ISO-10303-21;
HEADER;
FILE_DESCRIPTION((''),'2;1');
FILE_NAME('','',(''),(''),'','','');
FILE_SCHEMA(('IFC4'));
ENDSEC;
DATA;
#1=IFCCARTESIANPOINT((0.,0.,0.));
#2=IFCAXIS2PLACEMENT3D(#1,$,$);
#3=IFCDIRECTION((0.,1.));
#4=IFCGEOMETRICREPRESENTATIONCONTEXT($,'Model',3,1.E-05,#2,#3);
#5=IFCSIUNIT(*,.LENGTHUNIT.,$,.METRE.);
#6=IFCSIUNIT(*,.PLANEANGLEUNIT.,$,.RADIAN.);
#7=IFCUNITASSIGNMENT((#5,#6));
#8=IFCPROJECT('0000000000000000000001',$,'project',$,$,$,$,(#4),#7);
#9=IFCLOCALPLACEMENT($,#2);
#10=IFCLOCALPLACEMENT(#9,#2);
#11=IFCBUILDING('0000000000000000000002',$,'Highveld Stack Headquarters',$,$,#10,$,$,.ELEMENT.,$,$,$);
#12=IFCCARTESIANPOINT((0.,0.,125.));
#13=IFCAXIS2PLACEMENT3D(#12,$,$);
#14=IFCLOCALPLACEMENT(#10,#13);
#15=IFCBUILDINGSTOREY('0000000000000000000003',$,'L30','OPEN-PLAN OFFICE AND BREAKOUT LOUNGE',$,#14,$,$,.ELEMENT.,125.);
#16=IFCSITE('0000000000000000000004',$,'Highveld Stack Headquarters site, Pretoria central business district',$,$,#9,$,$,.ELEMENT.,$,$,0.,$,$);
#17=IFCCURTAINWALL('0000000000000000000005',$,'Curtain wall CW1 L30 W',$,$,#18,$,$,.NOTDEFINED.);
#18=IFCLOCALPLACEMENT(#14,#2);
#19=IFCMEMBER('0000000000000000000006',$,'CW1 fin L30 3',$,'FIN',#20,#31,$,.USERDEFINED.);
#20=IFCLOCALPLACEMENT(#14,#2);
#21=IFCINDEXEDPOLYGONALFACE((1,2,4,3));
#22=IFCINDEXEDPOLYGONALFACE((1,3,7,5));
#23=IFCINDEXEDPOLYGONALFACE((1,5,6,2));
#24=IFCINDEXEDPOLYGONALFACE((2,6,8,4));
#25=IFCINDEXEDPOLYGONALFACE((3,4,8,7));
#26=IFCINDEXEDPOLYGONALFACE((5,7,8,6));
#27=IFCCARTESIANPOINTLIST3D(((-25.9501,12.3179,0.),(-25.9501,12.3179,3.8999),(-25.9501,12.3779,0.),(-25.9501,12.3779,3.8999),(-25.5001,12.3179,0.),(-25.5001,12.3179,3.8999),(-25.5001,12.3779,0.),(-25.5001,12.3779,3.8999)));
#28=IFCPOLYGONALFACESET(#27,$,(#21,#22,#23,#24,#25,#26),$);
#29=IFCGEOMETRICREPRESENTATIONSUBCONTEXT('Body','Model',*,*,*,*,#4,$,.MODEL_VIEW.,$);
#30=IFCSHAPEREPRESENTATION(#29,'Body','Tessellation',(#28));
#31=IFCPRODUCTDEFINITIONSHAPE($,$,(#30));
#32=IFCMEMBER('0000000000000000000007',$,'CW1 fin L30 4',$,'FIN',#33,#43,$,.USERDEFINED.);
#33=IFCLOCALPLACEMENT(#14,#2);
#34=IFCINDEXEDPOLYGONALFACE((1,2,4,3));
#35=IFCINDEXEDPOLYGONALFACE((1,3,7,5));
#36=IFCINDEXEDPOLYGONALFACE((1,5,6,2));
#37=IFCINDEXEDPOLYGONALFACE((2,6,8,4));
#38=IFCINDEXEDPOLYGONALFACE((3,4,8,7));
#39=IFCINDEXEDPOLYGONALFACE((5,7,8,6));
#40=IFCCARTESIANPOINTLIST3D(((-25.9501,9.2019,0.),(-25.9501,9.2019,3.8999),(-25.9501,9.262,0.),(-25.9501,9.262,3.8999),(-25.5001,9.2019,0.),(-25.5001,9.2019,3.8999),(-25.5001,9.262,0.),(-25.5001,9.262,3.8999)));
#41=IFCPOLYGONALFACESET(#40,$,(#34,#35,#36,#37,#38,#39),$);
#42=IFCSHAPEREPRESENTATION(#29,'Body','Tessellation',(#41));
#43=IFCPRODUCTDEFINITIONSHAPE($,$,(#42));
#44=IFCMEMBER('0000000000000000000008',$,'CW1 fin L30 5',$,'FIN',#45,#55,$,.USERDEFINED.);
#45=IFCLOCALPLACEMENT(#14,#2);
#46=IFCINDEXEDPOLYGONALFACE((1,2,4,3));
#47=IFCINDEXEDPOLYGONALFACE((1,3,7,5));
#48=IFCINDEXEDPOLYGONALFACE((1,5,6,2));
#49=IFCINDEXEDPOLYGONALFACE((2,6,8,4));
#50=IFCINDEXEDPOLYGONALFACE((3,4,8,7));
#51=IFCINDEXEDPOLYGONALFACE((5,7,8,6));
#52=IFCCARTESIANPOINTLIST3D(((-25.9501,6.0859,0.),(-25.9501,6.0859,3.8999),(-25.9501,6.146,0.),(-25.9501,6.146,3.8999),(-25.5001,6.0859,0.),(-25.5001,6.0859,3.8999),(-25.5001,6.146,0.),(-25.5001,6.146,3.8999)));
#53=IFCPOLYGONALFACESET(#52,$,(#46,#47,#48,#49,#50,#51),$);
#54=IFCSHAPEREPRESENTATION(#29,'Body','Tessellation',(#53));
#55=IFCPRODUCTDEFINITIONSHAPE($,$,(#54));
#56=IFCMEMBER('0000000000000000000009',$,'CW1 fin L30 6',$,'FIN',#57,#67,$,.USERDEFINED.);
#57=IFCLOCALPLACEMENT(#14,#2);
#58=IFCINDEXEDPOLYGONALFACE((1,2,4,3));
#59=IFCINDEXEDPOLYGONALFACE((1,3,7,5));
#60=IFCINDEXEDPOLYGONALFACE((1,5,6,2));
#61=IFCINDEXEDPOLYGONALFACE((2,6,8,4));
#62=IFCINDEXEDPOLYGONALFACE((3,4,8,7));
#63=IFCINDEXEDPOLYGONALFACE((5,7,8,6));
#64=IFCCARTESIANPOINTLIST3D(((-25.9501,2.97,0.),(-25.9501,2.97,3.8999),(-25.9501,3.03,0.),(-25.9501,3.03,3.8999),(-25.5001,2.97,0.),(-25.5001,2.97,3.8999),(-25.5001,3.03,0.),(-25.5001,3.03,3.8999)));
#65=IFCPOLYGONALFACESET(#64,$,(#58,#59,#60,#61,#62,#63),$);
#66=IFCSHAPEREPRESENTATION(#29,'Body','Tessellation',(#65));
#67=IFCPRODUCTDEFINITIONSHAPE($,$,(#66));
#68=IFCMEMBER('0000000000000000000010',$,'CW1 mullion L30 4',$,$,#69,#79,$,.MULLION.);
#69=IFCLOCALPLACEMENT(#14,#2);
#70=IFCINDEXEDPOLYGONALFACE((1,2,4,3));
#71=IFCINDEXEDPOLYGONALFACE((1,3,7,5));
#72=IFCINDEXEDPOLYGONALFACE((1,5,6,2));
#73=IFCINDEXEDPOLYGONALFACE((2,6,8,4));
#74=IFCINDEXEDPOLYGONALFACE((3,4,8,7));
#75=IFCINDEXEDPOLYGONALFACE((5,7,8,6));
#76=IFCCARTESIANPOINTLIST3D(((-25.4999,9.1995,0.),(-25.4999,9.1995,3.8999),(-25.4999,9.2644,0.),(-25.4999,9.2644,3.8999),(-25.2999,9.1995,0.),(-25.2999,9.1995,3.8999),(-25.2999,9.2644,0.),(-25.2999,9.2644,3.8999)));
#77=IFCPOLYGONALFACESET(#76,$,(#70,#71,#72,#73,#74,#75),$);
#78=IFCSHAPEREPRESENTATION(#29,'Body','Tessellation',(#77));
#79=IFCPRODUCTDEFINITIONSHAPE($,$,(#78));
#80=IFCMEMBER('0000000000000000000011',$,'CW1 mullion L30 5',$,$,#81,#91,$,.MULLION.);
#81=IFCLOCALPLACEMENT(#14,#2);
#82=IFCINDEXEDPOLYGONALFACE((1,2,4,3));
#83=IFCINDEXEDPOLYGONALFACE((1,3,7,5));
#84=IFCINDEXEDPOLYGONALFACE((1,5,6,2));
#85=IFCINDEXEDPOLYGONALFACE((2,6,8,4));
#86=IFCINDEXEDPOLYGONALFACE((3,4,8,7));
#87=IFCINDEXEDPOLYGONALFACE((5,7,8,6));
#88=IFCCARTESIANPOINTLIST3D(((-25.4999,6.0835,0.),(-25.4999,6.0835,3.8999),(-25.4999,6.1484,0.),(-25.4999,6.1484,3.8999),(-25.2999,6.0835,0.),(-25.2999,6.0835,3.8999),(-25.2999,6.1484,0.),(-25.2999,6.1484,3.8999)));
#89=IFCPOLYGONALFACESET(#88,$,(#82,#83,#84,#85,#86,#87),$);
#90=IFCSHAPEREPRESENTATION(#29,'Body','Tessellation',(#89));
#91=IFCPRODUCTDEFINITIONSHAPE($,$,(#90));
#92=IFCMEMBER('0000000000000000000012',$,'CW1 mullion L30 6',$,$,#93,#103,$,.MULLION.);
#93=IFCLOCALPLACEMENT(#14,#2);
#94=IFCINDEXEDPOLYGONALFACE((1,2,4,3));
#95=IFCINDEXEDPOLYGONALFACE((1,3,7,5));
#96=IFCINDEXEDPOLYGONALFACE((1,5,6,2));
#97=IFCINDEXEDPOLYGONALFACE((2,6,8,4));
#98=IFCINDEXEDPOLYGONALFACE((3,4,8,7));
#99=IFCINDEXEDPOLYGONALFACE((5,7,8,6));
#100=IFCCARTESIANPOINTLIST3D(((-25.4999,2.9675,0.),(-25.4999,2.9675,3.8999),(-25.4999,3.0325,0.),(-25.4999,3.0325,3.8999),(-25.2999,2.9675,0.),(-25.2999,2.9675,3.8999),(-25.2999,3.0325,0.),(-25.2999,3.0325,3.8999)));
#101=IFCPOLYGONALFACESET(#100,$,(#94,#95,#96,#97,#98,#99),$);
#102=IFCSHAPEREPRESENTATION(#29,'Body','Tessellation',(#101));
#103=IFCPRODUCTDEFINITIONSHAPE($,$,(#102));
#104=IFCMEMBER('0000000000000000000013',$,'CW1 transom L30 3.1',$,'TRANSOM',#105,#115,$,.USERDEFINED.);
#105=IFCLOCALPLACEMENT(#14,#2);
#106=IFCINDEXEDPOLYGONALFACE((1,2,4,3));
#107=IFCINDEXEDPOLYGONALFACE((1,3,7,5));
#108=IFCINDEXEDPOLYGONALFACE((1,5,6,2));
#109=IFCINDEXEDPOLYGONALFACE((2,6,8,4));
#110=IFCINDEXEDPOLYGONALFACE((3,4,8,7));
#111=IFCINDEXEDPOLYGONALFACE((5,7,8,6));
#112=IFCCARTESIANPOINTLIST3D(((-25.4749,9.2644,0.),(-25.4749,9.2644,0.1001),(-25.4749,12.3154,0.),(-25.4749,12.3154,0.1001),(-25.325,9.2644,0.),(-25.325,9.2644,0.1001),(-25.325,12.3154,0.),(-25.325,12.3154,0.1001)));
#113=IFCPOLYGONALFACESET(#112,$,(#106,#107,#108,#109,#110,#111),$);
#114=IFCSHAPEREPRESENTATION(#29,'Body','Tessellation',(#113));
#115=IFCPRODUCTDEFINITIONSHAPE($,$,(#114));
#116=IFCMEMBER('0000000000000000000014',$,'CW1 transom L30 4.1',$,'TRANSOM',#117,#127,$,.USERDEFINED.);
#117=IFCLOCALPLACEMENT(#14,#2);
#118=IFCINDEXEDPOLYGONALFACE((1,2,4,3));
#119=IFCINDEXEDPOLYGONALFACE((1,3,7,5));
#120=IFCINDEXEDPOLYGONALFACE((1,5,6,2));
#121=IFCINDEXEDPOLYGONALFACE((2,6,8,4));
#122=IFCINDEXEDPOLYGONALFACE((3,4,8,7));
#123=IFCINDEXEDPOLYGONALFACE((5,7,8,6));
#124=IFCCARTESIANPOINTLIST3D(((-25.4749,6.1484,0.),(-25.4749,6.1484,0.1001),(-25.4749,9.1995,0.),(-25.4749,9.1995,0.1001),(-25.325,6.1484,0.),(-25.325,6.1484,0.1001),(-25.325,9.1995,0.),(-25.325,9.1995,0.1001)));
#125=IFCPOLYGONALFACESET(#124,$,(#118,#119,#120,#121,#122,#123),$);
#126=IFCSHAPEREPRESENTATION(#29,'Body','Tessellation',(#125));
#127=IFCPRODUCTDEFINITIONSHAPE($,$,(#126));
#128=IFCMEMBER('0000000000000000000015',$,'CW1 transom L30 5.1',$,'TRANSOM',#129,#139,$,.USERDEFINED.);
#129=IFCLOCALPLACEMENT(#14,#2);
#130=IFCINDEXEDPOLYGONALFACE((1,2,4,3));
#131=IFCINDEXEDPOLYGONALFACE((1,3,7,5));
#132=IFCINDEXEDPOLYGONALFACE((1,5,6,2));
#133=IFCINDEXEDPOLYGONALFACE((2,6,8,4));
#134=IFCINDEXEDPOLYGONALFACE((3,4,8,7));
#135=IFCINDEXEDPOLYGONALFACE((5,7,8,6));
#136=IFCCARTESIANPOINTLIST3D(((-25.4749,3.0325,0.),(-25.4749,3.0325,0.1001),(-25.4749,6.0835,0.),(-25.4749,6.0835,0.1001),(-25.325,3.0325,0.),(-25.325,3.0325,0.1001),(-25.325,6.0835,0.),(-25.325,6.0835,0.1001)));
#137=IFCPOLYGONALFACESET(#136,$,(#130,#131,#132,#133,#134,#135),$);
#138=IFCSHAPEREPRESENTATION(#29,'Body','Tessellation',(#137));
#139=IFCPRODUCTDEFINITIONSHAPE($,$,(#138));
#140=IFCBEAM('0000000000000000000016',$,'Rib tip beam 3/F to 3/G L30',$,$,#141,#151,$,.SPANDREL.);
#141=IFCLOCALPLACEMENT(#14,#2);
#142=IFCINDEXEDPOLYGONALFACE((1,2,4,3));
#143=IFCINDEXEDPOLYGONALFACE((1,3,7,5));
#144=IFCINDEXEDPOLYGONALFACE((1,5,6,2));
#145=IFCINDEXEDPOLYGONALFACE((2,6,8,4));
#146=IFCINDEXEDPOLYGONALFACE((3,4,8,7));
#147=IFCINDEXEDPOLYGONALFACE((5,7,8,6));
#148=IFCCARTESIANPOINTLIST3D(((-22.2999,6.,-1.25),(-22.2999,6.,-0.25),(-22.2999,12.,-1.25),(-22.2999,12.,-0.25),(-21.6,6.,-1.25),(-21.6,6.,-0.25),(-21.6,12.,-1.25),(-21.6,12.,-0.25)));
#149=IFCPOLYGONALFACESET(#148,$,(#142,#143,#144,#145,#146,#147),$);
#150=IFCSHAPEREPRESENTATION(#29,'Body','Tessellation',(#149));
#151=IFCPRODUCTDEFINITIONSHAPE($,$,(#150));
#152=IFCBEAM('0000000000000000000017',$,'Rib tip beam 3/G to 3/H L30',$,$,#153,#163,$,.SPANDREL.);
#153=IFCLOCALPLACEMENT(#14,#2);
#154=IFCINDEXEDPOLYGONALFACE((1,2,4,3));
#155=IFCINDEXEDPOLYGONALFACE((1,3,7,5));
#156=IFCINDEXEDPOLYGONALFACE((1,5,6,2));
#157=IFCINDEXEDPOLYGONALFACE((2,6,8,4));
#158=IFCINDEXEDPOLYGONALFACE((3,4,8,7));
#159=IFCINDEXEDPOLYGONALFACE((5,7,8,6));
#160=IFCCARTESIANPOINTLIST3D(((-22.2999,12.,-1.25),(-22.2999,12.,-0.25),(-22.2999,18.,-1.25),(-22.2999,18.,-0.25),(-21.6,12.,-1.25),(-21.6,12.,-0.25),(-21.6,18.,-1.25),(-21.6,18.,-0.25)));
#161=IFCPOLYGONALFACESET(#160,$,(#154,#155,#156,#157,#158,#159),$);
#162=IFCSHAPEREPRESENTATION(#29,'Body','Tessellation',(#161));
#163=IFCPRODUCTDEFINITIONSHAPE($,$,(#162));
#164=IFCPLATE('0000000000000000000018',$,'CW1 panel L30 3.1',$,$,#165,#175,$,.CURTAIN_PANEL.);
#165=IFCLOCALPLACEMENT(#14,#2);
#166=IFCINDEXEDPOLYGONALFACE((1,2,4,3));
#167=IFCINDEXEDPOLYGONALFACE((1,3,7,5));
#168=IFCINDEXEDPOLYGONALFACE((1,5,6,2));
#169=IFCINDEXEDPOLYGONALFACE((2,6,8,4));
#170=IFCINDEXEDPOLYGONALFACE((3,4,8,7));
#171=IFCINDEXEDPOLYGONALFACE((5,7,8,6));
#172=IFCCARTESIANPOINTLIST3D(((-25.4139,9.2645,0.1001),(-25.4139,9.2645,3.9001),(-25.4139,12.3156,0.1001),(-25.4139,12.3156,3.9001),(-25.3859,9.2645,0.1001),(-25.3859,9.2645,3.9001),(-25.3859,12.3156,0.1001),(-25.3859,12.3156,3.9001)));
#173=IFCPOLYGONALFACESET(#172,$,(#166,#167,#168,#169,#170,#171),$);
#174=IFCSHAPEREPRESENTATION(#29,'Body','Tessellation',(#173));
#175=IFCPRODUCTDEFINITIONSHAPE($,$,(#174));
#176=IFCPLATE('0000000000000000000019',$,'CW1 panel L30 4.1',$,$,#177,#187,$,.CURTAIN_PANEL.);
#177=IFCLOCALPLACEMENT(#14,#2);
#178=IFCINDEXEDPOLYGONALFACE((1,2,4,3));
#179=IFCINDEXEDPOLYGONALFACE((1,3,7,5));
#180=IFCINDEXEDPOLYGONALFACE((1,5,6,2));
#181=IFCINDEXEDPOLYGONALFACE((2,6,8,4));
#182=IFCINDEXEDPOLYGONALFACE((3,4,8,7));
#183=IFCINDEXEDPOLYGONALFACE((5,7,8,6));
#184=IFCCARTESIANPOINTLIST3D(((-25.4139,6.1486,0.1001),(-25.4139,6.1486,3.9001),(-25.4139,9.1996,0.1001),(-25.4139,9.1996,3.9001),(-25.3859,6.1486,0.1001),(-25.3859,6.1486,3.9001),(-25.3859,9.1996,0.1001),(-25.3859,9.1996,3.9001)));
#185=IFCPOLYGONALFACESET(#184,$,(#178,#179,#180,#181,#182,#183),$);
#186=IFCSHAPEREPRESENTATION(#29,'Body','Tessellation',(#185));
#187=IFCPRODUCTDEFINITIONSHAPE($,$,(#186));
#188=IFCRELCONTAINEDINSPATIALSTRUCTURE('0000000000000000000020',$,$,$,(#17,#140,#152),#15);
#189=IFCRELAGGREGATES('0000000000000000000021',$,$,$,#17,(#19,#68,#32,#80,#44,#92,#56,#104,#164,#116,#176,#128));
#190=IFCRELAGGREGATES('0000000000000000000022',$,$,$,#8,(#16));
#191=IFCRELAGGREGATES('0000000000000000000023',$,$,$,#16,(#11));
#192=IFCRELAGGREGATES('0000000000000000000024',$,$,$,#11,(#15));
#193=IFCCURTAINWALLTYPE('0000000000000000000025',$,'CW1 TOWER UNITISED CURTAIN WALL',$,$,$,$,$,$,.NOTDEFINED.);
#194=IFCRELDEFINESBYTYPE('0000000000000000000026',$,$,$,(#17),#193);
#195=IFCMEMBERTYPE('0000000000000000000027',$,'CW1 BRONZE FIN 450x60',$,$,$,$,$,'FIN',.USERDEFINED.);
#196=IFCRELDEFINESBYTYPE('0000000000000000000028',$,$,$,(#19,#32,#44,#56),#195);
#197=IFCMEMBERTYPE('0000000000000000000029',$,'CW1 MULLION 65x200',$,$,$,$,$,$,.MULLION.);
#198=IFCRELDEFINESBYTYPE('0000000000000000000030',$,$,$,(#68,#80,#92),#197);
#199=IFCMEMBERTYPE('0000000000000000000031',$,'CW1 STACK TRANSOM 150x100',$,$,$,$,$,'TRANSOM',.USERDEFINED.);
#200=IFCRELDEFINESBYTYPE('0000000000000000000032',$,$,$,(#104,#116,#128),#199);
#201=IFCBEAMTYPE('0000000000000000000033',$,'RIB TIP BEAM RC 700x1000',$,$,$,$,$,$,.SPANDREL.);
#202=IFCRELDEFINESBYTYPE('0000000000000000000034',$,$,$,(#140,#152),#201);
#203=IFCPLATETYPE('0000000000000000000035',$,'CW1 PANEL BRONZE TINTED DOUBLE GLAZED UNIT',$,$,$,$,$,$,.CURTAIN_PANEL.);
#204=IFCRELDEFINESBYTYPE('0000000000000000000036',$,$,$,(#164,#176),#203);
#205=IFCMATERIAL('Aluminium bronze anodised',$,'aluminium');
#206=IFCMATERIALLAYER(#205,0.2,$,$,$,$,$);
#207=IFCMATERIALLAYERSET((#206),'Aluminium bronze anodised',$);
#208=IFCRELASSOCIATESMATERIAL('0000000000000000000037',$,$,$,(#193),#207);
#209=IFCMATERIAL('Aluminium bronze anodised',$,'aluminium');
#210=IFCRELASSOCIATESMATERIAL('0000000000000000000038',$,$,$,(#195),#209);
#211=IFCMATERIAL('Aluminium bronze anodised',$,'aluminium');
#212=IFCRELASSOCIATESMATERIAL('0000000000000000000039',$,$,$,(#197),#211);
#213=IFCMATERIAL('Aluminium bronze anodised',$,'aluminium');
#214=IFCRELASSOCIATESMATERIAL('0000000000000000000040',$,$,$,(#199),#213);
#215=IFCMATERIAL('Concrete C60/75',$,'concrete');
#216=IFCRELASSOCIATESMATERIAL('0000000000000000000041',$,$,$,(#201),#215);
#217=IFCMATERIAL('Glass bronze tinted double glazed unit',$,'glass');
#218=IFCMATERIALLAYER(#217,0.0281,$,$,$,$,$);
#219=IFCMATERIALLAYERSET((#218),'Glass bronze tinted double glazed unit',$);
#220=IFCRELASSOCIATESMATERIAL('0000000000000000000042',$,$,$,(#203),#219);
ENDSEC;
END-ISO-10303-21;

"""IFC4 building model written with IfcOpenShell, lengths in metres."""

from ifc_helpers import new_model, si_unit, direction, frame, origin, origin_2d, place, context, subcontext, project, spatial, rectangle, extrude, material, layer, layer_set, material_profile, profile_set, type_object, element, aggregate, save


model = new_model("IFC4")

# Units and contexts
model_context = context("Model", 3, precision=1e-05, world=origin(), true_north=direction((0.0, 1.0)))
body_context = subcontext(model_context, "Body", "Model", "MODEL_VIEW")
ifc_project = project(units=[si_unit("LENGTHUNIT", "METRE"), si_unit("PLANEANGLEUNIT", "RADIAN")], contexts=[model_context])

# Site, building, storey
site_placement = place(None, origin())
site = spatial("IfcSite", under=ifc_project, at=site_placement, Name="Highveld Stack Headquarters site, Pretoria central business district", CompositionType="ELEMENT", RefElevation=0.0)
building_placement = place(site_placement, origin())
building = spatial("IfcBuilding", under=site, at=building_placement, Name="Highveld Stack Headquarters", CompositionType="ELEMENT")
storey_placement = place(building_placement, frame((0.0, 0.0, 125.0)))
storey = spatial("IfcBuildingStorey", under=building, at=storey_placement, Name="L30", Description="OPEN-PLAN OFFICE AND BREAKOUT LOUNGE", CompositionType="ELEMENT", Elevation=125.0)

# Curtain wall, members
ifc_material_1 = material(Name="Aluminium bronze anodised", Category="aluminium")
ifc_layer_1 = layer(ifc_material_1, 0.2)
ifc_layer_set_1 = layer_set([ifc_layer_1], Name="Aluminium bronze anodised")
curtain_wall_type = type_object("IfcCurtainWallType", Name="CW1 TOWER UNITISED CURTAIN WALL", PredefinedType="NOTDEFINED", material=ifc_layer_set_1)
curtain_wall_placement = place(storey_placement, origin())
curtain_wall = element("IfcCurtainWall", 1, at=curtain_wall_placement, inside=storey, type_object=curtain_wall_type, Name="Curtain wall CW1 L30 W", PredefinedType="NOTDEFINED")
ifc_material_2 = material(Name="Aluminium bronze anodised", Category="aluminium")
ifc_material_profile_1 = material_profile(ifc_material_2, rectangle(XDim=0.45, YDim=0.0601, at=origin_2d()), Name="FIN 450x60")
ifc_profile_set_1 = profile_set([ifc_material_profile_1], Name="Aluminium bronze anodised")
member_type_1 = type_object("IfcMemberType", Name="CW1 BRONZE FIN 450x60", ElementType="FIN", PredefinedType="USERDEFINED", material=ifc_profile_set_1)
member_1_placement = place(storey_placement, frame((-25.7251, 12.3479, 0.0), z_axis=(0.0, 0.0, 1.0), x_axis=(1.0, 0.0, 0.0)))
member_1 = element("IfcMember", 2, at=member_1_placement, type_object=member_type_1, Name="CW1 fin L30 3", ObjectType="FIN", PredefinedType="USERDEFINED", context=body_context, shape_type="SweptSolid", body=[
    extrude(rectangle(XDim=0.45, YDim=0.0601, at=origin_2d()), origin(), (0.0, 0.0, 1.0), 3.8999),
])
member_2_placement = place(storey_placement, frame((-25.7251, 9.2319, 0.0), z_axis=(0.0, 0.0, 1.0), x_axis=(1.0, 0.0, 0.0)))
member_2 = element("IfcMember", 3, at=member_2_placement, type_object=member_type_1, Name="CW1 fin L30 4", ObjectType="FIN", PredefinedType="USERDEFINED", context=body_context, shape_type="SweptSolid", body=[
    extrude(rectangle(XDim=0.45, YDim=0.0601, at=origin_2d()), origin(), (0.0, 0.0, 1.0), 3.8999),
])
member_3_placement = place(storey_placement, frame((-25.7251, 6.116, 0.0), z_axis=(0.0, 0.0, 1.0), x_axis=(1.0, 0.0, 0.0)))
member_3 = element("IfcMember", 4, at=member_3_placement, type_object=member_type_1, Name="CW1 fin L30 5", ObjectType="FIN", PredefinedType="USERDEFINED", context=body_context, shape_type="SweptSolid", body=[
    extrude(rectangle(XDim=0.45, YDim=0.0601, at=origin_2d()), origin(), (0.0, 0.0, 1.0), 3.8999),
])
member_4_placement = place(storey_placement, frame((-25.7251, 3.0, 0.0), z_axis=(0.0, 0.0, 1.0), x_axis=(1.0, 0.0, 0.0)))
member_4 = element("IfcMember", 5, at=member_4_placement, type_object=member_type_1, Name="CW1 fin L30 6", ObjectType="FIN", PredefinedType="USERDEFINED", context=body_context, shape_type="SweptSolid", body=[
    extrude(rectangle(XDim=0.45, YDim=0.0601, at=origin_2d()), origin(), (0.0, 0.0, 1.0), 3.8999),
])
ifc_material_3 = material(Name="Aluminium bronze anodised", Category="aluminium")
ifc_material_profile_2 = material_profile(ifc_material_3, rectangle(XDim=0.2, YDim=0.0649, at=origin_2d()), Name="CW1 MULLION 65x200")
ifc_profile_set_2 = profile_set([ifc_material_profile_2], Name="Aluminium bronze anodised")
member_type_2 = type_object("IfcMemberType", Name="CW1 MULLION 65x200", PredefinedType="MULLION", material=ifc_profile_set_2)
member_5_placement = place(storey_placement, frame((-25.3999, 9.2319, 0.0), z_axis=(0.0, 0.0, 1.0), x_axis=(1.0, 0.0, 0.0)))
member_5 = element("IfcMember", 6, at=member_5_placement, type_object=member_type_2, Name="CW1 mullion L30 4", PredefinedType="MULLION", context=body_context, shape_type="SweptSolid", body=[
    extrude(rectangle(XDim=0.2, YDim=0.0649, at=origin_2d()), origin(), (0.0, 0.0, 1.0), 3.8999),
])
member_6_placement = place(storey_placement, frame((-25.3999, 6.116, 0.0), z_axis=(0.0, 0.0, 1.0), x_axis=(1.0, 0.0, 0.0)))
member_6 = element("IfcMember", 7, at=member_6_placement, type_object=member_type_2, Name="CW1 mullion L30 5", PredefinedType="MULLION", context=body_context, shape_type="SweptSolid", body=[
    extrude(rectangle(XDim=0.2, YDim=0.0649, at=origin_2d()), origin(), (0.0, 0.0, 1.0), 3.8999),
])
member_7_placement = place(storey_placement, frame((-25.3999, 3.0, 0.0), z_axis=(0.0, 0.0, 1.0), x_axis=(1.0, 0.0, 0.0)))
member_7 = element("IfcMember", 8, at=member_7_placement, type_object=member_type_2, Name="CW1 mullion L30 6", PredefinedType="MULLION", context=body_context, shape_type="SweptSolid", body=[
    extrude(rectangle(XDim=0.2, YDim=0.0649, at=origin_2d()), origin(), (0.0, 0.0, 1.0), 3.8999),
])
ifc_material_4 = material(Name="Aluminium bronze anodised", Category="aluminium")
ifc_material_profile_3 = material_profile(ifc_material_4, rectangle(XDim=0.1499, YDim=0.1001, at=origin_2d()), Name="CW1 TRANSOM 150x100")
ifc_profile_set_3 = profile_set([ifc_material_profile_3], Name="Aluminium bronze anodised")
member_type_3 = type_object("IfcMemberType", Name="CW1 STACK TRANSOM 150x100", ElementType="TRANSOM", PredefinedType="USERDEFINED", material=ifc_profile_set_3)
member_8_placement = place(storey_placement, frame((-25.3999, 12.3154, 0.05), z_axis=(0.0, -1.0, 0.0), x_axis=(1.0, 0.0, 0.0)))
member_8 = element("IfcMember", 9, at=member_8_placement, type_object=member_type_3, Name="CW1 transom L30 3.1", ObjectType="TRANSOM", PredefinedType="USERDEFINED", context=body_context, shape_type="SweptSolid", body=[
    extrude(rectangle(XDim=0.1499, YDim=0.1001, at=origin_2d()), origin(), (0.0, 0.0, 1.0), 3.051),
])
member_9_placement = place(storey_placement, frame((-25.3999, 9.1995, 0.05), z_axis=(0.0, -1.0, 0.0), x_axis=(1.0, 0.0, 0.0)))
member_9 = element("IfcMember", 10, at=member_9_placement, type_object=member_type_3, Name="CW1 transom L30 4.1", ObjectType="TRANSOM", PredefinedType="USERDEFINED", context=body_context, shape_type="SweptSolid", body=[
    extrude(rectangle(XDim=0.1499, YDim=0.1001, at=origin_2d()), origin(), (0.0, 0.0, 1.0), 3.051),
])
member_10_placement = place(storey_placement, frame((-25.3999, 6.0835, 0.05), z_axis=(0.0, -1.0, 0.0), x_axis=(1.0, 0.0, 0.0)))
member_10 = element("IfcMember", 11, at=member_10_placement, type_object=member_type_3, Name="CW1 transom L30 5.1", ObjectType="TRANSOM", PredefinedType="USERDEFINED", context=body_context, shape_type="SweptSolid", body=[
    extrude(rectangle(XDim=0.1499, YDim=0.1001, at=origin_2d()), origin(), (0.0, 0.0, 1.0), 3.051),
])

# Beams
ifc_material_5 = material(Name="Concrete C60/75", Category="concrete")
ifc_material_profile_4 = material_profile(ifc_material_5, rectangle(XDim=0.7, YDim=1.0, at=origin_2d()), Name="RC 700x1000")
ifc_profile_set_4 = profile_set([ifc_material_profile_4], Name="Concrete C60/75")
beam_type = type_object("IfcBeamType", Name="RIB TIP BEAM RC 700x1000", PredefinedType="SPANDREL", material=ifc_profile_set_4)
for number, where, z_axis, x_axis, name in (
    (12, (-21.95, 6.0, -0.75), (0.0, 1.0, 0.0), (-1.0, 0.0, 0.0), "Rib tip beam 3/F to 3/G L30"),
    (13, (-21.95, 12.0, -0.75), (0.0, 1.0, 0.0), (-1.0, 0.0, 0.0), "Rib tip beam 3/G to 3/H L30"),
):
    element("IfcBeam", number, at=place(storey_placement, frame(where, z_axis=z_axis, x_axis=x_axis)), inside=storey, type_object=beam_type, Name=name, PredefinedType="SPANDREL", context=body_context, shape_type="SweptSolid", body=[
        extrude(rectangle(XDim=0.7, YDim=1.0, at=origin_2d()), origin(), (0.0, 0.0, 1.0), 6.0),
    ])

# Plates
ifc_material_6 = material(Name="Glass bronze tinted double glazed unit", Category="glass")
ifc_layer_2 = layer(ifc_material_6, 0.0281)
ifc_layer_set_2 = layer_set([ifc_layer_2], Name="Glass bronze tinted double glazed unit")
plate_type = type_object("IfcPlateType", Name="CW1 PANEL BRONZE TINTED DOUBLE GLAZED UNIT", PredefinedType="CURTAIN_PANEL", material=ifc_layer_set_2)
plate_1_placement = place(storey_placement, frame((-25.3999, 10.79, 0.1001), z_axis=(0.0, 0.0, 1.0), x_axis=(0.0, -1.0, 0.0)))
plate_1 = element("IfcPlate", 14, at=plate_1_placement, type_object=plate_type, Name="CW1 panel L30 3.1", PredefinedType="CURTAIN_PANEL", context=body_context, shape_type="SweptSolid", body=[
    extrude(rectangle(XDim=3.051, YDim=0.0281, at=origin_2d()), origin(), (0.0, 0.0, 1.0), 3.8),
])
plate_2_placement = place(storey_placement, frame((-25.3999, 7.6741, 0.1001), z_axis=(0.0, 0.0, 1.0), x_axis=(0.0, -1.0, 0.0)))
plate_2 = element("IfcPlate", 15, at=plate_2_placement, type_object=plate_type, Name="CW1 panel L30 4.1", PredefinedType="CURTAIN_PANEL", context=body_context, shape_type="SweptSolid", body=[
    extrude(rectangle(XDim=3.051, YDim=0.0281, at=origin_2d()), origin(), (0.0, 0.0, 1.0), 3.8),
])
aggregate(curtain_wall, [member_1, member_5, member_2, member_6, member_3, member_7, member_4, member_8, plate_1, member_9, plate_2, member_10])

save(model, "model.ifc")
